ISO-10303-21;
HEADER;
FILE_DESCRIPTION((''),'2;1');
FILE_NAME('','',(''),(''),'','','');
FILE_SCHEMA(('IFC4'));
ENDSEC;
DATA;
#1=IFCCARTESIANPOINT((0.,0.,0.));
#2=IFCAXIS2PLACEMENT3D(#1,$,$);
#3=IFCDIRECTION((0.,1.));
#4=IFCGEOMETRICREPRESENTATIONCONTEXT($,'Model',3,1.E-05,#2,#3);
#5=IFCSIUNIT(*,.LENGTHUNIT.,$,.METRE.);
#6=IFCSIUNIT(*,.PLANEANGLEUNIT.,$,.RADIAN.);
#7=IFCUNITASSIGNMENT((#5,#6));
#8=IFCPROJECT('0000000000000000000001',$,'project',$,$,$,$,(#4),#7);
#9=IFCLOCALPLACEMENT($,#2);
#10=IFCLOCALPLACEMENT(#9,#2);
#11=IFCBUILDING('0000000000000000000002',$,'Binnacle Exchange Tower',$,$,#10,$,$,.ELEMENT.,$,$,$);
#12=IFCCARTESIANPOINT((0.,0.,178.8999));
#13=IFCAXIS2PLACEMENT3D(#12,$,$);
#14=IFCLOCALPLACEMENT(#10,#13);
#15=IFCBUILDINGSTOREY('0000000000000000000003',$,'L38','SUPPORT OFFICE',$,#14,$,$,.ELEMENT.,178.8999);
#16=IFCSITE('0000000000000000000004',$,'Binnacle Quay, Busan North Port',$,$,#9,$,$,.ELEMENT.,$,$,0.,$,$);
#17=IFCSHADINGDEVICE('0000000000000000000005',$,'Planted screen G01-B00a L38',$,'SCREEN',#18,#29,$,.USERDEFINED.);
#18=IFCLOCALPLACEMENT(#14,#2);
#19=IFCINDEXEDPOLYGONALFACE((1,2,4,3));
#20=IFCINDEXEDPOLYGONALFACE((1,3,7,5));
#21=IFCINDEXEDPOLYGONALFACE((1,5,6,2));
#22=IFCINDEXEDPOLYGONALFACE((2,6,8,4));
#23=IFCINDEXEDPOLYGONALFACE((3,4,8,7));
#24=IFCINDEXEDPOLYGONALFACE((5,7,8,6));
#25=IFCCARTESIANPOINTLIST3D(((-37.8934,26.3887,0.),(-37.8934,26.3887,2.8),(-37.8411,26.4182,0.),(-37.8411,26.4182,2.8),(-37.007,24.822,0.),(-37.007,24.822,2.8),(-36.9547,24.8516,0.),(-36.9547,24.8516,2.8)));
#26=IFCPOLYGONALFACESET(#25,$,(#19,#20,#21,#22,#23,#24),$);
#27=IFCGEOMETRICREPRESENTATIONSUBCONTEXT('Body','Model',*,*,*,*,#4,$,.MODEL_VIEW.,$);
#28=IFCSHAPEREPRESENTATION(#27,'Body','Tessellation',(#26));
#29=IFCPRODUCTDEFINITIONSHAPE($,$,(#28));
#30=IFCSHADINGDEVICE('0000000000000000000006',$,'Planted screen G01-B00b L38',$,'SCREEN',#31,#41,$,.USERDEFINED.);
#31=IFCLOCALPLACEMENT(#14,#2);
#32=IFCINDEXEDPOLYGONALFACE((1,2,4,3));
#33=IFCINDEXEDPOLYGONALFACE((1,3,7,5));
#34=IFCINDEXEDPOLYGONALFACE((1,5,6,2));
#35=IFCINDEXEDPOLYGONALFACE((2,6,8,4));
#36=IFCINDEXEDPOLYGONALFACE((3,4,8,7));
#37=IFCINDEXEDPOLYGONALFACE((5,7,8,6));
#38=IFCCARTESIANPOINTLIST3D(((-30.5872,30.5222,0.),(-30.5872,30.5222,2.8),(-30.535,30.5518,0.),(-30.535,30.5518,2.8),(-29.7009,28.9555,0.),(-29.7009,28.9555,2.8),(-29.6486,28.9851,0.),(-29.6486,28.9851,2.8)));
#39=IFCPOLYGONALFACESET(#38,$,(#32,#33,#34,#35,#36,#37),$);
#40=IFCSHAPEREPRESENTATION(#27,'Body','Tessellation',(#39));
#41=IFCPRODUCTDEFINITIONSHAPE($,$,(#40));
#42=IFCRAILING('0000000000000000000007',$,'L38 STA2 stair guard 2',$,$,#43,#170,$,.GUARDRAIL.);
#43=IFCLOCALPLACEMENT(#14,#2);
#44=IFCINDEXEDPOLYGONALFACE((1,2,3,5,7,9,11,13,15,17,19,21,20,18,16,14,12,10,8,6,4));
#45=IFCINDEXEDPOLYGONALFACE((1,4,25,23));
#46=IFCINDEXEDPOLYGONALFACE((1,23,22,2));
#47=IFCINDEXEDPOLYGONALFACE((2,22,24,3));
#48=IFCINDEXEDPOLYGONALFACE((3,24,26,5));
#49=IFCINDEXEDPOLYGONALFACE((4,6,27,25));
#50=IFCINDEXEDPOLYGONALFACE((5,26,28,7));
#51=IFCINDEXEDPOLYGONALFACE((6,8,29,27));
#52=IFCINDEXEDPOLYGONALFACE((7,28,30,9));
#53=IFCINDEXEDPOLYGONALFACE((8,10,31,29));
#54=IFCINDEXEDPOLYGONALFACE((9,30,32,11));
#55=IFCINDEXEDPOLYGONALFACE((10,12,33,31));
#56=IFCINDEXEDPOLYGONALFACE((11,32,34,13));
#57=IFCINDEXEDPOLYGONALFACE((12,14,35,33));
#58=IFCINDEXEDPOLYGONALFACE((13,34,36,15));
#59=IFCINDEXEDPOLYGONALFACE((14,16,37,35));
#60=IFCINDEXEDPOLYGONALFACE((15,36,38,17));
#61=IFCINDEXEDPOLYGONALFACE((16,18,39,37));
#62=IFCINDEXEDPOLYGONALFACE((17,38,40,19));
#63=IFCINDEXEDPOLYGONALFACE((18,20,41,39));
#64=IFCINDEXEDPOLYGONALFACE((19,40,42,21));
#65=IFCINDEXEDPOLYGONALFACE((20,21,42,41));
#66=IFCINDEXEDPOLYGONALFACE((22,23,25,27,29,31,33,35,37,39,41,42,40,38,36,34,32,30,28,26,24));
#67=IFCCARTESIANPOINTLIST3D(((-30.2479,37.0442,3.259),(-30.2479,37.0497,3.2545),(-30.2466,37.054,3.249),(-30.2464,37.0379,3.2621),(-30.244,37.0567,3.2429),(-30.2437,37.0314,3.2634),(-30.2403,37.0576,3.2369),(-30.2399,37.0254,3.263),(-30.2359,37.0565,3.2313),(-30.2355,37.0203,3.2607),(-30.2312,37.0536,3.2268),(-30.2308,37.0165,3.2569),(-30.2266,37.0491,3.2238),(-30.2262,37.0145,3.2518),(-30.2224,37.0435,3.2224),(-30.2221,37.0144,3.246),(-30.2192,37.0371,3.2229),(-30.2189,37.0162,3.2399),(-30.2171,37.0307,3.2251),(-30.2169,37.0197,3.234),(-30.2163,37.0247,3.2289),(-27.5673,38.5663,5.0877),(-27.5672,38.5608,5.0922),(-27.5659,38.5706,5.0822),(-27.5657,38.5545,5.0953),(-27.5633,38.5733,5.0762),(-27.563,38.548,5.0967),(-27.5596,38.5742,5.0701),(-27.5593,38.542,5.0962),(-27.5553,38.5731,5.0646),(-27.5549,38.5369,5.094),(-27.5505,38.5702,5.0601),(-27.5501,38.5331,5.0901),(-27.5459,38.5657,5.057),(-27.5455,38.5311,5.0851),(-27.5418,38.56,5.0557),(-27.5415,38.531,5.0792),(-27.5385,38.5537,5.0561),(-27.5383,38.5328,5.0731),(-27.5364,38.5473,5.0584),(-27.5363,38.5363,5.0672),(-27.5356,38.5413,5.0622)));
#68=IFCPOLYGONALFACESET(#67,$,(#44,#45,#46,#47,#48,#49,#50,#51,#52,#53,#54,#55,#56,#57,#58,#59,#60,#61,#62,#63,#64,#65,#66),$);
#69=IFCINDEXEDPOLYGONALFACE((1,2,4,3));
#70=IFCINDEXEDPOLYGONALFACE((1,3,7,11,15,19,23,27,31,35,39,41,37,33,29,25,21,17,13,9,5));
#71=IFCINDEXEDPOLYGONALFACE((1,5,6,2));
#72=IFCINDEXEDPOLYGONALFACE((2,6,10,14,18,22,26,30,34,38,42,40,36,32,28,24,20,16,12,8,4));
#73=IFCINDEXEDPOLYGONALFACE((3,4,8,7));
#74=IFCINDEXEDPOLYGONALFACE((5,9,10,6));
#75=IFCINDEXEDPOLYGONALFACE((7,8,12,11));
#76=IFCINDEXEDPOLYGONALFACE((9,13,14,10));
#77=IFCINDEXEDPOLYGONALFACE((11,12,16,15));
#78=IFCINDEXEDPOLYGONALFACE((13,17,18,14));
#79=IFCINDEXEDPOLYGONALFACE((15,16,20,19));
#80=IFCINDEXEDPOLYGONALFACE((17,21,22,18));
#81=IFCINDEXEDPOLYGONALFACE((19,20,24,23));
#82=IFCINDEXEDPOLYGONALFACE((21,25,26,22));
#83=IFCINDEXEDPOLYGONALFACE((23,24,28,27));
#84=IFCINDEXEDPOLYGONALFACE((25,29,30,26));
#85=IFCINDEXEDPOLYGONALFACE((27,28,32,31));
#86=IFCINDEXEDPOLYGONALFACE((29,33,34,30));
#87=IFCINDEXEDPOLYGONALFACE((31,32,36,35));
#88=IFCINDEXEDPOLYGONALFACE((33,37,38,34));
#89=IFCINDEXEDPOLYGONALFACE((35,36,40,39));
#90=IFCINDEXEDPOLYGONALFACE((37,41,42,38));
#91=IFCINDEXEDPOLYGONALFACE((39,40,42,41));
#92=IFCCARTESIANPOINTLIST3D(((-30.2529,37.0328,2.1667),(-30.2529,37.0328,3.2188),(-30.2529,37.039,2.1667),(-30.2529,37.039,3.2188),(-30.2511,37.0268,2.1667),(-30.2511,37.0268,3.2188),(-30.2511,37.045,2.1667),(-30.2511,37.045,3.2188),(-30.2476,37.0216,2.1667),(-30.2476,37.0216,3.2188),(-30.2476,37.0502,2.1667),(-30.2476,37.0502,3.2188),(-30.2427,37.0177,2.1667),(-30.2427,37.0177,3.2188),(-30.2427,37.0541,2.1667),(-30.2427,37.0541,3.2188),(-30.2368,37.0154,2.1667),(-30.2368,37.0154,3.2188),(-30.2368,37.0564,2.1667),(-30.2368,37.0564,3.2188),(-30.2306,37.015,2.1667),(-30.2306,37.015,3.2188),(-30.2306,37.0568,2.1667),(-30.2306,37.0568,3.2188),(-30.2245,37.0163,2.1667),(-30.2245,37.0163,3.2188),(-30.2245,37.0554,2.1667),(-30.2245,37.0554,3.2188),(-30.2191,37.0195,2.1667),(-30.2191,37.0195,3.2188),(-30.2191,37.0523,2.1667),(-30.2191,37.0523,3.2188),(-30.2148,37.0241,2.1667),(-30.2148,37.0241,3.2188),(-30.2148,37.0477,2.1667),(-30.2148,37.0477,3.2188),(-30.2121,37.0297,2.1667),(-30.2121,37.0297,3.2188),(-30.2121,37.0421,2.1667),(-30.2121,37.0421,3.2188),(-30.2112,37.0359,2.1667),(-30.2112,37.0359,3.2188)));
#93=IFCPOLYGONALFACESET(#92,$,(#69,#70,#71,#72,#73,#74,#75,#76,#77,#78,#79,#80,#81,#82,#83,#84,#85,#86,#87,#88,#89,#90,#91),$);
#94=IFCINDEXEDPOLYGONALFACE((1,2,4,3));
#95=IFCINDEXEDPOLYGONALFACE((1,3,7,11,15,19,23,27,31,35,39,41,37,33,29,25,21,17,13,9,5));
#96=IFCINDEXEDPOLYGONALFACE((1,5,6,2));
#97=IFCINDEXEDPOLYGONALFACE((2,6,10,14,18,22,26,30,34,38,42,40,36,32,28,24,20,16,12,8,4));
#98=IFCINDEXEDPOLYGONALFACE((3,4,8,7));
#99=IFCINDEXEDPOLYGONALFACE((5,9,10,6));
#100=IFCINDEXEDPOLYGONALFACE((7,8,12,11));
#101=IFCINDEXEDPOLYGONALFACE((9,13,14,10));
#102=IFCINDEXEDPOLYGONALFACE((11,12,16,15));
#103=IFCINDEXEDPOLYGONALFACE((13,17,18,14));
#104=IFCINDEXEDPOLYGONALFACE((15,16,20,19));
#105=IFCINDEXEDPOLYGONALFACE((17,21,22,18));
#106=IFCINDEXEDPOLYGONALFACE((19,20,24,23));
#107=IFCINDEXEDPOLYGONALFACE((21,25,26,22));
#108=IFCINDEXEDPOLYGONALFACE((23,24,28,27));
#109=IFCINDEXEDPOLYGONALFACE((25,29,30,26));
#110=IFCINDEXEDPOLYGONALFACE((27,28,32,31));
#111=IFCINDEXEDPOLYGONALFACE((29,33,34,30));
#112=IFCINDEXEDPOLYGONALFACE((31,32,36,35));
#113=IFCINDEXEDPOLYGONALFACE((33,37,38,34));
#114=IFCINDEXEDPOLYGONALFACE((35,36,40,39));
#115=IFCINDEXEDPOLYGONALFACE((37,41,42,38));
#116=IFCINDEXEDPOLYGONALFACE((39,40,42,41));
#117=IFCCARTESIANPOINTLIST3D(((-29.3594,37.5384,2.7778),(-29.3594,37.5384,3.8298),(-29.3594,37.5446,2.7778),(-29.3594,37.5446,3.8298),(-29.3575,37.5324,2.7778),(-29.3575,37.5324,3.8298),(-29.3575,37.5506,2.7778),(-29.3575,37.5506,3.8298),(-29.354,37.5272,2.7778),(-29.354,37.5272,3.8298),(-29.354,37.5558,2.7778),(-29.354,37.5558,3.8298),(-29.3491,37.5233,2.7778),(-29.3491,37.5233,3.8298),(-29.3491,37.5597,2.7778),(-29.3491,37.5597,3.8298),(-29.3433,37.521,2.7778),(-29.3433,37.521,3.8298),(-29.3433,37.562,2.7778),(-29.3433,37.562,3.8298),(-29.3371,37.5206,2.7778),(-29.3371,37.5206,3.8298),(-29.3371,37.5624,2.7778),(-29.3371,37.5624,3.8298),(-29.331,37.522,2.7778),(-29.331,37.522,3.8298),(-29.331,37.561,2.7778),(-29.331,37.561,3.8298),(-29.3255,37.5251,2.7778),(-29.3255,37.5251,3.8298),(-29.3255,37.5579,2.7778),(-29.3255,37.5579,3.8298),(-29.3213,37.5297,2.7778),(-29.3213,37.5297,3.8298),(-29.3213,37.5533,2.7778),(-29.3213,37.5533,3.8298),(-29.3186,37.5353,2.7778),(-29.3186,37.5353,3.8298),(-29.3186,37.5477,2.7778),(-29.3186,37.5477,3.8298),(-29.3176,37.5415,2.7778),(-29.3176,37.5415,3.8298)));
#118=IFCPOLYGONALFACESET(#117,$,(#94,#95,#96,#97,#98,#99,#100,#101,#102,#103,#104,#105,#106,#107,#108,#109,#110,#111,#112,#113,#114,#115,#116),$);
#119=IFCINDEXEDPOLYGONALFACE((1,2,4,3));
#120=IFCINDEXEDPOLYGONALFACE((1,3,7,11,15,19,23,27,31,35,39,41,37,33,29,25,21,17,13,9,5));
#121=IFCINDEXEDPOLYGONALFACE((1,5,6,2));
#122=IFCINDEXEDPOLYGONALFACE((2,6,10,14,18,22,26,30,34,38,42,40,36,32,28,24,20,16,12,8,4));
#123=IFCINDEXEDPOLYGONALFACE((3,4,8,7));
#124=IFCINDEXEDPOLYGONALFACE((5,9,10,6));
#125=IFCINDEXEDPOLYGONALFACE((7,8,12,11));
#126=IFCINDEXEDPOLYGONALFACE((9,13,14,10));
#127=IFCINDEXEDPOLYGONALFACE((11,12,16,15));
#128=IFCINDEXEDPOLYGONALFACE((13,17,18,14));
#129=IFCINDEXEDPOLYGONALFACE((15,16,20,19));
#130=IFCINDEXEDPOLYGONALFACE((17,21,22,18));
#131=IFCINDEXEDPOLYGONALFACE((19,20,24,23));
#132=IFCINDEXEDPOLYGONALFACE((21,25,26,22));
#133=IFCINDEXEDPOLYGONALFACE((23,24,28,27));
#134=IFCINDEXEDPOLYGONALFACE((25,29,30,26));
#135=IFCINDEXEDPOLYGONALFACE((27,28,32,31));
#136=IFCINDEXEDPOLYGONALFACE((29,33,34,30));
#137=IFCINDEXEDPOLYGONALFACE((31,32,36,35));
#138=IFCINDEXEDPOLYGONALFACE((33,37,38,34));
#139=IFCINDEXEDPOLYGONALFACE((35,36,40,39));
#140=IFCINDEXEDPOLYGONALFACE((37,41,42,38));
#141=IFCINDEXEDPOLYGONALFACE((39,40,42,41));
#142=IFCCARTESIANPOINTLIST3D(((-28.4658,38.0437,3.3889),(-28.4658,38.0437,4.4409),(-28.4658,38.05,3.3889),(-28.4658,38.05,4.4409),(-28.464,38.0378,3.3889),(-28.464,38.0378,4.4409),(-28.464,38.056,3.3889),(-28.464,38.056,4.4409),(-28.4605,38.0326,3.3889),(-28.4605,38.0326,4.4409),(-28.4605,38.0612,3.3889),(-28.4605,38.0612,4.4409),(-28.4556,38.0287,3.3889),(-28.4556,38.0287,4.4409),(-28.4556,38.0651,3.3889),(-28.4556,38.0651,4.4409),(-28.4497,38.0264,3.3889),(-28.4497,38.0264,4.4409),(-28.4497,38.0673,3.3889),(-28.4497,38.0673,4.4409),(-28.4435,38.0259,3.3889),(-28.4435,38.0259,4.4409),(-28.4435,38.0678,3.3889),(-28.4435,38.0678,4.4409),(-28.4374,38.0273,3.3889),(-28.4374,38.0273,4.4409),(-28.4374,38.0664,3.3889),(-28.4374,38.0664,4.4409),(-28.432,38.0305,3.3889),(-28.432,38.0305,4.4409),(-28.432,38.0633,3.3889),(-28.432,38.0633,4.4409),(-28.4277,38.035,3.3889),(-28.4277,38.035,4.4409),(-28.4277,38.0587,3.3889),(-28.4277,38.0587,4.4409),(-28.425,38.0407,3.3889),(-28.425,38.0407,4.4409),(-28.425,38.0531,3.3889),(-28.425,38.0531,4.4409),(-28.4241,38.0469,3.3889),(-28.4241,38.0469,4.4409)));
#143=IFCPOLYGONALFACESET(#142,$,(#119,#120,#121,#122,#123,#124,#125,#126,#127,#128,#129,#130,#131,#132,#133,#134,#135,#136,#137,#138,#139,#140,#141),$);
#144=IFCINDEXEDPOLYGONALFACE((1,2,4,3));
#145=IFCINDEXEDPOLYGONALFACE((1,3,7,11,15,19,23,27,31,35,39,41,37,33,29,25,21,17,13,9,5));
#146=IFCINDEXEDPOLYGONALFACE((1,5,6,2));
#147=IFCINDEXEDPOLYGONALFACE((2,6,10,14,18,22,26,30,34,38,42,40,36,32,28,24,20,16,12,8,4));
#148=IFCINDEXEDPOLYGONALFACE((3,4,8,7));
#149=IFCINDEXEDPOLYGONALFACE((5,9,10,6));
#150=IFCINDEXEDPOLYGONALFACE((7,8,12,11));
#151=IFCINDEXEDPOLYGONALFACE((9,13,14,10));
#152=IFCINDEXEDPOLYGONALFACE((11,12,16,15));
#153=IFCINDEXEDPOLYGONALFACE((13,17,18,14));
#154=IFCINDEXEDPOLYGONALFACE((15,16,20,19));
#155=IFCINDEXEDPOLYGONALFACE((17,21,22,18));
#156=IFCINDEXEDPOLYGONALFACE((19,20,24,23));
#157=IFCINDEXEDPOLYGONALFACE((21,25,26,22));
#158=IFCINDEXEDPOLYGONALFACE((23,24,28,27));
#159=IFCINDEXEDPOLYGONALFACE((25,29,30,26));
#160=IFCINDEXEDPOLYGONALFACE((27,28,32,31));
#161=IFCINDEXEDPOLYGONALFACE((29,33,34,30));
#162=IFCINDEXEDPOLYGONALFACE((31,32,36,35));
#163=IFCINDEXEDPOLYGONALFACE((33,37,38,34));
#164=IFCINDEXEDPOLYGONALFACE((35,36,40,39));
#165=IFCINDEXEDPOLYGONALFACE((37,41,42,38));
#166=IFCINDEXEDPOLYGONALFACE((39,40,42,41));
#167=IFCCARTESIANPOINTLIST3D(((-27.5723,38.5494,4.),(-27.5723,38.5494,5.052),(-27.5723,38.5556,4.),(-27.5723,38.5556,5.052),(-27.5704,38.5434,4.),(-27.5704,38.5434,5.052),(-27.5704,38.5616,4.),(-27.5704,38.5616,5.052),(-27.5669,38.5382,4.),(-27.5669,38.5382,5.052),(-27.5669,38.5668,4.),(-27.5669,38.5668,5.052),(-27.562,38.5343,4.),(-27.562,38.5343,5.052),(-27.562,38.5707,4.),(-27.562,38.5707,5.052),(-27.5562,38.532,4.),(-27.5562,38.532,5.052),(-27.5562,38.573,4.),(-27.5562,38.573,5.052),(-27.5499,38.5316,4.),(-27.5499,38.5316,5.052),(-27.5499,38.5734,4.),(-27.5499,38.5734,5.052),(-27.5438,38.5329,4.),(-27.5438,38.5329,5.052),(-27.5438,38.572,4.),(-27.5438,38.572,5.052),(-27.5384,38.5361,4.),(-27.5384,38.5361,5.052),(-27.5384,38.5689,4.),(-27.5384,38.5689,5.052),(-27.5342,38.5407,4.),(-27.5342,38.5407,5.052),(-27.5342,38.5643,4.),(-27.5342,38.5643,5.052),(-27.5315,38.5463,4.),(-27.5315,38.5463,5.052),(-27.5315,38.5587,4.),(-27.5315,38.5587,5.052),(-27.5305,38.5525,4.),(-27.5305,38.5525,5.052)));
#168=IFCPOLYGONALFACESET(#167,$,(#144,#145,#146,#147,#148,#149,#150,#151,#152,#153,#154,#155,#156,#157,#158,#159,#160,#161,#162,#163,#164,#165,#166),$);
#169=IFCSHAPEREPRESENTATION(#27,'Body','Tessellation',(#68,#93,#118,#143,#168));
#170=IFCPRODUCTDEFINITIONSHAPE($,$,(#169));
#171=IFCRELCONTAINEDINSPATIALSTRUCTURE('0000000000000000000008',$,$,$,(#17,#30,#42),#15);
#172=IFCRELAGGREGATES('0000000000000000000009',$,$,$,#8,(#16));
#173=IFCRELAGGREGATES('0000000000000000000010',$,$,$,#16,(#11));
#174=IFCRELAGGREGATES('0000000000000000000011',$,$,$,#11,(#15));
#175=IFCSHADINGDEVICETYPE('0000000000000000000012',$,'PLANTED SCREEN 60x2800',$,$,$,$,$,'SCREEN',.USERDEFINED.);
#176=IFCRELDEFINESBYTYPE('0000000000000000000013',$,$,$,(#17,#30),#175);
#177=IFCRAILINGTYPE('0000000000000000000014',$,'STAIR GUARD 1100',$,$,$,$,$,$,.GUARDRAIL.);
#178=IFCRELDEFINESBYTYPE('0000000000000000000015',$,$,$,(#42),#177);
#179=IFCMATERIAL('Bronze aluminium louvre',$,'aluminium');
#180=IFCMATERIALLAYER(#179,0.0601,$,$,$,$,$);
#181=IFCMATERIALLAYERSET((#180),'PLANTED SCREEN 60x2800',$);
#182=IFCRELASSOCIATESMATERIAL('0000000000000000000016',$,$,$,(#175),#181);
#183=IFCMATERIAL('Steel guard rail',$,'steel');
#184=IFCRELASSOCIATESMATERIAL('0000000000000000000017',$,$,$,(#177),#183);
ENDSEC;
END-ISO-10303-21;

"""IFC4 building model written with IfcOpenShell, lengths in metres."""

from ifc_helpers import new_model, si_unit, direction, frame, origin, origin_2d, place, context, subcontext, project, spatial, rectangle, circle, extrude, material, layer, layer_set, type_object, element, save


model = new_model("IFC4")

# Units and contexts
model_context = context("Model", 3, precision=1e-05, world=origin(), true_north=direction((0.0, 1.0)))
body_context = subcontext(model_context, "Body", "Model", "MODEL_VIEW")
ifc_project = project(units=[si_unit("LENGTHUNIT", "METRE"), si_unit("PLANEANGLEUNIT", "RADIAN")], contexts=[model_context])

# Site, building, storey
site_placement = place(None, origin())
site = spatial("IfcSite", under=ifc_project, at=site_placement, Name="Binnacle Quay, Busan North Port", CompositionType="ELEMENT", RefElevation=0.0)
building_placement = place(site_placement, origin())
building = spatial("IfcBuilding", under=site, at=building_placement, Name="Binnacle Exchange Tower", CompositionType="ELEMENT")
storey_placement = place(building_placement, frame((0.0, 0.0, 178.8999)))
storey = spatial("IfcBuildingStorey", under=building, at=storey_placement, Name="L38", Description="SUPPORT OFFICE", CompositionType="ELEMENT", Elevation=178.8999)

# Shading devices
ifc_material_1 = material(Name="Bronze aluminium louvre", Category="aluminium")
ifc_layer_1 = layer(ifc_material_1, 0.0601)
ifc_layer_set_1 = layer_set([ifc_layer_1], Name="PLANTED SCREEN 60x2800")
shading_device_type = type_object("IfcShadingDeviceType", Name="PLANTED SCREEN 60x2800", ElementType="SCREEN", PredefinedType="USERDEFINED", material=ifc_layer_set_1)
for number, where, z_axis, x_axis, name in (
    (1, (-37.4241, 25.6201, 0.0), (0.0, 0.0, 1.0), (0.870356, 0.492424, 0.0), "Planted screen G01-B00a L38"),
    (2, (-30.1179, 29.7537, 0.0), (0.0, 0.0, 1.0), (0.870356, 0.492424, 0.0), "Planted screen G01-B00b L38"),
):
    element("IfcShadingDevice", number, at=place(storey_placement, frame(where, z_axis=z_axis, x_axis=x_axis)), inside=storey, type_object=shading_device_type, Name=name, ObjectType="SCREEN", PredefinedType="USERDEFINED", context=body_context, shape_type="SweptSolid", body=[
        extrude(rectangle(XDim=0.0601, YDim=1.8, at=origin_2d()), origin(), (0.0, 0.0, 1.0), 2.8),
    ])

# Railing
ifc_material_2 = material(Name="Steel guard rail", Category="steel")
railing_type_1 = type_object("IfcRailingType", Name="STAIR GUARD 1100", PredefinedType="GUARDRAIL", material=ifc_material_2)
railing_1_placement = place(storey_placement, frame((-30.2322, 37.0359, 2.1667)))
element("IfcRailing", 3, at=railing_1_placement, inside=storey, type_object=railing_type_1, Name="L38 STA2 stair guard 2", PredefinedType="GUARDRAIL", context=body_context, shape_type="SweptSolid", body=[
    extrude(circle(Radius=0.0239, at=origin_2d()), frame((0.0, 0.0, 1.0762), z_axis=(0.747901, 0.423129, 0.511474), x_axis=(-0.492412, 0.870362, 0.0)), (0.0, 0.0, 1.0), 3.5842),
    extrude(circle(Radius=0.021, at=origin_2d()), origin(), (0.0, 0.0, 1.0), 1.052),
    extrude(circle(Radius=0.021, at=origin_2d()), frame((0.8936, 0.5056, 0.6111)), (0.0, 0.0, 1.0), 1.052),
    extrude(circle(Radius=0.021, at=origin_2d()), frame((1.7871, 1.011, 1.2222)), (0.0, 0.0, 1.0), 1.052),
    extrude(circle(Radius=0.021, at=origin_2d()), frame((2.6807, 1.5166, 1.8333)), (0.0, 0.0, 1.0), 1.052),
])

save(model, "model.ifc")
